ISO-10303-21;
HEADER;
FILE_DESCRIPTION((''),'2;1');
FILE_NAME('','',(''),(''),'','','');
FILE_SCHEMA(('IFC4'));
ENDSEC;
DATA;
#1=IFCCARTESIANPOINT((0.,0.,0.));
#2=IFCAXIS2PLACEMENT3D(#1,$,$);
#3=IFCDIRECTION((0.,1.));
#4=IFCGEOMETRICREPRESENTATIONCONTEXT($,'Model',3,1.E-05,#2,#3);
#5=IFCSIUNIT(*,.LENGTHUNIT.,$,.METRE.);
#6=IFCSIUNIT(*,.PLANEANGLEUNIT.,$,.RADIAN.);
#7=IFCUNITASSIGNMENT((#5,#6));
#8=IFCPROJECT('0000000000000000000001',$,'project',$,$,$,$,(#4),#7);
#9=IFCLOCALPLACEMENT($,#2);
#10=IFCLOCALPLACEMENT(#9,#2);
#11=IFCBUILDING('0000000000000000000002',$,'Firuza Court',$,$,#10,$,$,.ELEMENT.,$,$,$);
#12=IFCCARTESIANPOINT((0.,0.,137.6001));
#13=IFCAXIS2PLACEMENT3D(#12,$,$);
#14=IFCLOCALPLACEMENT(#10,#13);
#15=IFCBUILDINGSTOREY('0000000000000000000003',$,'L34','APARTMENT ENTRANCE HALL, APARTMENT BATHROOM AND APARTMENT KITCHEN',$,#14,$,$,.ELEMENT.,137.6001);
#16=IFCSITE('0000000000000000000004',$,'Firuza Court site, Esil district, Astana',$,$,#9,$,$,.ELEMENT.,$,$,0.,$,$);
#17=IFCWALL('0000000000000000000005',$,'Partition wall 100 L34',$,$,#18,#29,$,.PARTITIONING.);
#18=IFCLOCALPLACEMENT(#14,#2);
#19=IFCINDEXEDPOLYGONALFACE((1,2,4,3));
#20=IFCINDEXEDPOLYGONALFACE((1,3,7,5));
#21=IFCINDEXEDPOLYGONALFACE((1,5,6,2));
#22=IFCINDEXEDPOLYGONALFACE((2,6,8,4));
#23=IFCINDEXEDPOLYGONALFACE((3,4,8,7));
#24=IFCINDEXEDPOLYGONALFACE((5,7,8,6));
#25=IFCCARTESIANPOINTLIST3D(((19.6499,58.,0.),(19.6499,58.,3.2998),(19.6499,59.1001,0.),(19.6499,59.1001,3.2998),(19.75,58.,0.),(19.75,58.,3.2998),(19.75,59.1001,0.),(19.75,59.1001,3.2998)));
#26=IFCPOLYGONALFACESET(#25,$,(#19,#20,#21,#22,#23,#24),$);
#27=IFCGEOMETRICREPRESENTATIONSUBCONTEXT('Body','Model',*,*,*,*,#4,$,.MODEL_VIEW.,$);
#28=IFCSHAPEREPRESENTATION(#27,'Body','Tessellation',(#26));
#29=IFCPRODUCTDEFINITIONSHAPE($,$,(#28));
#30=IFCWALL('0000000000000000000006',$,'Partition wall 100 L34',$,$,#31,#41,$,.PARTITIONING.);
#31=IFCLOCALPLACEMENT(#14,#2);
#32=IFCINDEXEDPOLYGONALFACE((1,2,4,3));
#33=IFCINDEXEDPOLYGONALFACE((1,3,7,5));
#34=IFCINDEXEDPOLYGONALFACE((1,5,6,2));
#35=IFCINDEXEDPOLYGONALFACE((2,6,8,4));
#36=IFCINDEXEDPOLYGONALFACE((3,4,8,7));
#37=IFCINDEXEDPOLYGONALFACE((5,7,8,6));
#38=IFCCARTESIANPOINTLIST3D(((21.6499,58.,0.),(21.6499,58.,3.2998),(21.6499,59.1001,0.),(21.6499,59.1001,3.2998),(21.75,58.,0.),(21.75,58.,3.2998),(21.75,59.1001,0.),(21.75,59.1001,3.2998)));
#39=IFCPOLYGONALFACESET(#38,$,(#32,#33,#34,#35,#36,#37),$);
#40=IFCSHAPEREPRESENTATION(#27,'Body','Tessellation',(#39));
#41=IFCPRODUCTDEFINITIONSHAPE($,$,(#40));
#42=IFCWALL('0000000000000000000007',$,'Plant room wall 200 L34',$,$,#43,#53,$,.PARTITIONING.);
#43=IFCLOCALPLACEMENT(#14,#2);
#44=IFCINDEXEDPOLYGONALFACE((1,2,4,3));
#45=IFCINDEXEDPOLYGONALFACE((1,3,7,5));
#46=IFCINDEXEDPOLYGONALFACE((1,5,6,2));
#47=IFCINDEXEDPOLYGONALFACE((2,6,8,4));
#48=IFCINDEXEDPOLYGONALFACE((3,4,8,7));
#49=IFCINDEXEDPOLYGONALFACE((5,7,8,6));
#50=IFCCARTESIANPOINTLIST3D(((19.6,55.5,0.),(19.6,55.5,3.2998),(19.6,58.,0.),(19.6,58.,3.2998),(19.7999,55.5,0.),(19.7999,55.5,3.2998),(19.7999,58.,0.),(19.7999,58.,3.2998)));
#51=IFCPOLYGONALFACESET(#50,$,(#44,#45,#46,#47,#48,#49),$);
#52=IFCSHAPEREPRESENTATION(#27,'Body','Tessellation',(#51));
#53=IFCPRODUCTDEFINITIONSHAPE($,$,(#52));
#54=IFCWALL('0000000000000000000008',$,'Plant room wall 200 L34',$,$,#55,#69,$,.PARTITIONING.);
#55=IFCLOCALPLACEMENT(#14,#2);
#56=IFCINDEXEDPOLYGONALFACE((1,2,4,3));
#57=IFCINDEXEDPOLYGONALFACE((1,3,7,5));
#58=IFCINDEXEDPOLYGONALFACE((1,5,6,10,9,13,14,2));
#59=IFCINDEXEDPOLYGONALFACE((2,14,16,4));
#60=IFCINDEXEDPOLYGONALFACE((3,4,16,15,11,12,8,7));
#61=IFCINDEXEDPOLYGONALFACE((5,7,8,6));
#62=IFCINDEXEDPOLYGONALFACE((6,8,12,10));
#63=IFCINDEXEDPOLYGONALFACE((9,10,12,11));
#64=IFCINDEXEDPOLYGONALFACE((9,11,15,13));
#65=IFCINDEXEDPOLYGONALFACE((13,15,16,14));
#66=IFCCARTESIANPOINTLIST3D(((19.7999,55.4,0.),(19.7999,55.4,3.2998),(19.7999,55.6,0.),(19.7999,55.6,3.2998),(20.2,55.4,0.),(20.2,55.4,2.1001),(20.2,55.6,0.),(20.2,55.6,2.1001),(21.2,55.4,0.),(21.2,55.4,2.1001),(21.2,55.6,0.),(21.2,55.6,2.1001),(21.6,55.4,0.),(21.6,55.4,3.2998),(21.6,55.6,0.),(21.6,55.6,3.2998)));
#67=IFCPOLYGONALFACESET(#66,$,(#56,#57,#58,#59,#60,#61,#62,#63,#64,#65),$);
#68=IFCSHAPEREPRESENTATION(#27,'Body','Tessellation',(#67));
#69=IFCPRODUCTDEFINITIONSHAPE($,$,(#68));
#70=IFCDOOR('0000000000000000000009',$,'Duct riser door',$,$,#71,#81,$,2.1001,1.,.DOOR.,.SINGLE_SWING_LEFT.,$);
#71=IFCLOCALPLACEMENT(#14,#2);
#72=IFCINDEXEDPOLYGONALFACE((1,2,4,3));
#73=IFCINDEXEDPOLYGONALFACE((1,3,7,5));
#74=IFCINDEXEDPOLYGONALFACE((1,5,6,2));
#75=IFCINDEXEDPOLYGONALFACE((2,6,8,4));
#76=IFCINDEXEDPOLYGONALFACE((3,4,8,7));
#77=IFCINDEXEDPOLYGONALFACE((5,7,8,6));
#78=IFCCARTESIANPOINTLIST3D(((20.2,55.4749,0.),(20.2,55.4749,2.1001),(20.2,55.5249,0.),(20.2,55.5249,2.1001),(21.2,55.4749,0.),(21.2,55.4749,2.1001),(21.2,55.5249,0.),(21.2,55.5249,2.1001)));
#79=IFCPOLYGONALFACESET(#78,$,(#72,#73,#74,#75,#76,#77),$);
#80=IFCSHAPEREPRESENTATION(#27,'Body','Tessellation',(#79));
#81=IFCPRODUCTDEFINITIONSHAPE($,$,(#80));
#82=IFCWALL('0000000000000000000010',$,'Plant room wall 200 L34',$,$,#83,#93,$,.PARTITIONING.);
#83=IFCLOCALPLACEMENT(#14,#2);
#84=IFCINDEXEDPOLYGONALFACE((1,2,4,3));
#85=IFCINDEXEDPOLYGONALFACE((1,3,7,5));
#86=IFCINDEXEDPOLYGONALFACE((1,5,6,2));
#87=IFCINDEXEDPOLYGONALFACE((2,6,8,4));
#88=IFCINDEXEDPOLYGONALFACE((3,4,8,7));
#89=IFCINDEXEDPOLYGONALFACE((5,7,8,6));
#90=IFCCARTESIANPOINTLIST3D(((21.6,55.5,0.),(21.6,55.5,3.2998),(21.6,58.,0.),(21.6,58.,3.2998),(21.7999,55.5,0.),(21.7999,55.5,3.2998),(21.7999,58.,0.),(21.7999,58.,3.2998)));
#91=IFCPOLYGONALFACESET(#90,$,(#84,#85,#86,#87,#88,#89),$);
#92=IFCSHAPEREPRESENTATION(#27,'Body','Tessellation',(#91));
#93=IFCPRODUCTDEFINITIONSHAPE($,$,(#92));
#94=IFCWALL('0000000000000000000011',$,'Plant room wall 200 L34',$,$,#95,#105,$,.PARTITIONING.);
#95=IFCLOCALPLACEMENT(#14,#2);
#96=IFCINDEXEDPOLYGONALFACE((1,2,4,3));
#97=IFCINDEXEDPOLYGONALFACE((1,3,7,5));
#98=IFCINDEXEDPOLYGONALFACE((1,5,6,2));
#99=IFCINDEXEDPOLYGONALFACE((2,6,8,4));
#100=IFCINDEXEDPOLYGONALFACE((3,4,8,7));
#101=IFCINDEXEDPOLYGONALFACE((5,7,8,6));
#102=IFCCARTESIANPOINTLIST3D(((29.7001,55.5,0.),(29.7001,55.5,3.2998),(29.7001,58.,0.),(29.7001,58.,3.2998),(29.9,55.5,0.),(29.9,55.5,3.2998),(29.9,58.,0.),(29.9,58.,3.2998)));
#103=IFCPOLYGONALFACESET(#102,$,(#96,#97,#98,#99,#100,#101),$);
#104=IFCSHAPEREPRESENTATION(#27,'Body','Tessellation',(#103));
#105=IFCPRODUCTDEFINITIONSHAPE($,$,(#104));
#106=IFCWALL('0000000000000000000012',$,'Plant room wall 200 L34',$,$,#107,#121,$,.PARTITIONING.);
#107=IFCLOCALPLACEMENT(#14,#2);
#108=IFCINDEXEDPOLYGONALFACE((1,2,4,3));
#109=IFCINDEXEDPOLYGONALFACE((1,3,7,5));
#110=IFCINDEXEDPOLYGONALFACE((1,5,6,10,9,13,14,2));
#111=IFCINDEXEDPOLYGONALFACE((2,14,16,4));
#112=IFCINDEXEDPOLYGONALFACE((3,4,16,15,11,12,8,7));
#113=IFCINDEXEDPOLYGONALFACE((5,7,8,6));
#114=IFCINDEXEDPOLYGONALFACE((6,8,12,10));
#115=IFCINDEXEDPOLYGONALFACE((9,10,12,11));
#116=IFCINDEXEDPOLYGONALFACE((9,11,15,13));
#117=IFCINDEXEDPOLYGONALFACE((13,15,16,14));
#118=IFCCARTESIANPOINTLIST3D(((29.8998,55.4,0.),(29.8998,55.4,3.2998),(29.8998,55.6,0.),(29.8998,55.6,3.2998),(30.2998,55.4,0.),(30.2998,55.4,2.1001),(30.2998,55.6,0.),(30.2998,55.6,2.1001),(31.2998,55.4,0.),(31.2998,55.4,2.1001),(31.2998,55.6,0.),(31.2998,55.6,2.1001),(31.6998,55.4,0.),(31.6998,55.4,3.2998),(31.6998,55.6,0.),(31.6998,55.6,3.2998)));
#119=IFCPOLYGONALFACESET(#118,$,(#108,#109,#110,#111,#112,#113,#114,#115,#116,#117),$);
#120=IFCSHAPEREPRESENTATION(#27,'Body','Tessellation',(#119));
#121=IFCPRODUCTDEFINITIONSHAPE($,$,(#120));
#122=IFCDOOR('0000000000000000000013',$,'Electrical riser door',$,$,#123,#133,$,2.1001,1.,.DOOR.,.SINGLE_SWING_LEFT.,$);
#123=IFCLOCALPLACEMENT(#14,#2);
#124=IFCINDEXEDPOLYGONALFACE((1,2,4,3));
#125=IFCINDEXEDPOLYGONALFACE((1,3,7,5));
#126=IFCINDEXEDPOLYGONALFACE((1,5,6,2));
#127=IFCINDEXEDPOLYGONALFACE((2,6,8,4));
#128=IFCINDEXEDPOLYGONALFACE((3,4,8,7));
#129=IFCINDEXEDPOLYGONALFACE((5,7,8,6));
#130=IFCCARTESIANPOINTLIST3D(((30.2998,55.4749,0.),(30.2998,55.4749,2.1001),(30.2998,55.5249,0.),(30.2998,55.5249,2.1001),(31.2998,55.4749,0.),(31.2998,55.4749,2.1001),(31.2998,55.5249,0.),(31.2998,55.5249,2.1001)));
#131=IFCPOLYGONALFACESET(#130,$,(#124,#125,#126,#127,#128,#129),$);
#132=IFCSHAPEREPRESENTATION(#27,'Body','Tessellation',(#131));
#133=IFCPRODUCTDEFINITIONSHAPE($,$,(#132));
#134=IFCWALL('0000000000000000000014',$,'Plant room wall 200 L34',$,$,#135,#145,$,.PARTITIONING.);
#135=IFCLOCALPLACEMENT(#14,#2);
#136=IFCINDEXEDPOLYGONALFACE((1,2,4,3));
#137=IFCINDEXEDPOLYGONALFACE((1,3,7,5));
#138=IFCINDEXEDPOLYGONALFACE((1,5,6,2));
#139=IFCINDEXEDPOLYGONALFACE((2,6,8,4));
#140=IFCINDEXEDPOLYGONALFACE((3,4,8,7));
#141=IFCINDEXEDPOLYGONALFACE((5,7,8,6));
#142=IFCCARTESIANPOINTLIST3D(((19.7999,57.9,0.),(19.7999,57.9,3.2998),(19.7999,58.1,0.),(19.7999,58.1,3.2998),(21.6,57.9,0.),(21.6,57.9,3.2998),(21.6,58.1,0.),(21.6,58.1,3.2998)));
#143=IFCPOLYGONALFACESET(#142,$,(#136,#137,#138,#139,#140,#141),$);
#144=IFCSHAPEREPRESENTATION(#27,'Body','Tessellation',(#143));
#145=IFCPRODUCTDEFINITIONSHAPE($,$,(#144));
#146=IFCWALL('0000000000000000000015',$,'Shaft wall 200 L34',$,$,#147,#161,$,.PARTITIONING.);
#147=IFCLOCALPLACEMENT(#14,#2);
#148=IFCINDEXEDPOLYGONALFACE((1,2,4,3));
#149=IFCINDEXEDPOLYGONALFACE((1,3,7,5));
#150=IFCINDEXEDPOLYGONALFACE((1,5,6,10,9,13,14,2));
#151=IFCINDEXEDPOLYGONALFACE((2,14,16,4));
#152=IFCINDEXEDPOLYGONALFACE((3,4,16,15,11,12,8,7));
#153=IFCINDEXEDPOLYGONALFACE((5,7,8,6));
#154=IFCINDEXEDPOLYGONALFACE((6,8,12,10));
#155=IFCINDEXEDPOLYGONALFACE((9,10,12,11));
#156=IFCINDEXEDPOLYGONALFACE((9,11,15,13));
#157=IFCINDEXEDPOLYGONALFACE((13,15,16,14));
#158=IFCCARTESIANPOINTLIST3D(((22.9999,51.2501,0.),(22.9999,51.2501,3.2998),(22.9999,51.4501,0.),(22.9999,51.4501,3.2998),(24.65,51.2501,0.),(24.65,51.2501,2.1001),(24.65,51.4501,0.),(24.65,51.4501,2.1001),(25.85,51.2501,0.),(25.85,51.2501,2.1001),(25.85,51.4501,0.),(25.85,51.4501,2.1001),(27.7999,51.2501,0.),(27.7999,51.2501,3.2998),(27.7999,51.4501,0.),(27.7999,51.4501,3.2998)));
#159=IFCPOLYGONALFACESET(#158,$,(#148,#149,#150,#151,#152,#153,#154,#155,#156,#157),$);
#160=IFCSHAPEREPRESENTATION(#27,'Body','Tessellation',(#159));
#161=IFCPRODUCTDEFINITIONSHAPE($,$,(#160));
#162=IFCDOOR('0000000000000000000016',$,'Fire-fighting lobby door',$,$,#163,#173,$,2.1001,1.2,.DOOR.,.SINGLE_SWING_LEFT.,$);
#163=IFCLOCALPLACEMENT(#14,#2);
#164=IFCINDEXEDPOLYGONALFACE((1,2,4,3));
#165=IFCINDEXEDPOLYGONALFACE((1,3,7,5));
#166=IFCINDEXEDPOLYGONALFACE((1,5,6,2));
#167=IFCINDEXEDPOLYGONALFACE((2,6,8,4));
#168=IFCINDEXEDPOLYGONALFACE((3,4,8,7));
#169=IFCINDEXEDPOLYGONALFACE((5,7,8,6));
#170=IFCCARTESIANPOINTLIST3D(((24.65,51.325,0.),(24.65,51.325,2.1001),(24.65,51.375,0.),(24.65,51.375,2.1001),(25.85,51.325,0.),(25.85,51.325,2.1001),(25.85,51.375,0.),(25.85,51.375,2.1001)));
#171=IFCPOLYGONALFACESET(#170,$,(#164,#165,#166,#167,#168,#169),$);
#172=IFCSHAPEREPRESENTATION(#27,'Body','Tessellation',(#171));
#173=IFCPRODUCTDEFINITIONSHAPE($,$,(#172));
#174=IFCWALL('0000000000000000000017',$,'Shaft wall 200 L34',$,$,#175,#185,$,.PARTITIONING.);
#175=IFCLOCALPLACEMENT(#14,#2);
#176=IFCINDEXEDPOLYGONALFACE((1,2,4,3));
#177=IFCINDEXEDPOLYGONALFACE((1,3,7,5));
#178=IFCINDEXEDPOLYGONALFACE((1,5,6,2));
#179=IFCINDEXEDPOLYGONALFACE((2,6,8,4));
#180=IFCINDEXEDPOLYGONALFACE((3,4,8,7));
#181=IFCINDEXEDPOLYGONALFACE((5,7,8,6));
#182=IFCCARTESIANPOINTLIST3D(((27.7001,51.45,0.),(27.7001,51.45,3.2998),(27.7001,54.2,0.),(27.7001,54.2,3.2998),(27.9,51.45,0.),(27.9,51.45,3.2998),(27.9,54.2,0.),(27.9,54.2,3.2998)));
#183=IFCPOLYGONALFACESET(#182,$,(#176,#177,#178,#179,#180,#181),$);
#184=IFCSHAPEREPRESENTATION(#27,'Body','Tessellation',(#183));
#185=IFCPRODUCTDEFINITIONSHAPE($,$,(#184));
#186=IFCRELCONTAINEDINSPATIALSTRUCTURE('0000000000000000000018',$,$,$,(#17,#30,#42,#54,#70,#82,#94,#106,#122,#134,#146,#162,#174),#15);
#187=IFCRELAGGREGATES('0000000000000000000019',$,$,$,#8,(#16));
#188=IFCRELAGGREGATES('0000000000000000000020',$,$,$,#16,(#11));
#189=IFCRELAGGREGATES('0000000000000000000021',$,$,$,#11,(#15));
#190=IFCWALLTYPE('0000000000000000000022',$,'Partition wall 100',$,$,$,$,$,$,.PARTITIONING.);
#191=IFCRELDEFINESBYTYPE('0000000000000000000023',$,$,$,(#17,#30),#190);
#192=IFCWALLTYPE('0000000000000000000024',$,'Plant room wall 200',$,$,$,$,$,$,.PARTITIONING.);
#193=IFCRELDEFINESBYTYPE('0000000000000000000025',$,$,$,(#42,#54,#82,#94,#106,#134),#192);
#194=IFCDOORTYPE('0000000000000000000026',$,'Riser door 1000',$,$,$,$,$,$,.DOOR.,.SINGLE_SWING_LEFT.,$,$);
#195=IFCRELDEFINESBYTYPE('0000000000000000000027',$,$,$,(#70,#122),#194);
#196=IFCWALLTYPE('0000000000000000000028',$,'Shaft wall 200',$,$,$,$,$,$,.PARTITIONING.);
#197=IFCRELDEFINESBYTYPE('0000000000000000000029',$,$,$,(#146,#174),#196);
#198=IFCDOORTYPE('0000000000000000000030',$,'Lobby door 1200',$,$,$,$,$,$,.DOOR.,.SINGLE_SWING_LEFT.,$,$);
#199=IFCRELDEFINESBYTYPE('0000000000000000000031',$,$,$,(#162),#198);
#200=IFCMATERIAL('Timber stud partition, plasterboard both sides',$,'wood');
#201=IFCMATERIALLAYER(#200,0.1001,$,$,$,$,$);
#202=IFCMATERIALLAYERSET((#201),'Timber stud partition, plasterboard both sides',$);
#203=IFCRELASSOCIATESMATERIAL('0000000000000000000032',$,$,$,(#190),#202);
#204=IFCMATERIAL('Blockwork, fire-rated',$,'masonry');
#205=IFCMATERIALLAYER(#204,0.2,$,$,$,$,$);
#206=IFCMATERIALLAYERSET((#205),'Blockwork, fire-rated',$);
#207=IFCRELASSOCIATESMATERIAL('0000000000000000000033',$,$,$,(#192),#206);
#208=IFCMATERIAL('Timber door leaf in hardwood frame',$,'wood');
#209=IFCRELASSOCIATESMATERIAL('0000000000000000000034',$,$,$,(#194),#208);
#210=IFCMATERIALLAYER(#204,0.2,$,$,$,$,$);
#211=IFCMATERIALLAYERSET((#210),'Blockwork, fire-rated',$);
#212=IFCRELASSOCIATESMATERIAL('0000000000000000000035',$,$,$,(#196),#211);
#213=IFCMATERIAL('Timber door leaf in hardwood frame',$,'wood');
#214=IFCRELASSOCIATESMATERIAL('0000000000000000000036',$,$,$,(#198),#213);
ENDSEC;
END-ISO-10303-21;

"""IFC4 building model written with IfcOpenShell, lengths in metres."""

from ifc_helpers import new_model, si_unit, direction, frame, frame_2d, origin, place, context, subcontext, project, spatial, rectangle, extrude, material, layer, layer_set, type_object, element, fill, save


model = new_model("IFC4")

# Units and contexts
model_context = context("Model", 3, precision=1e-05, world=origin(), true_north=direction((0.0, 1.0)))
body_context = subcontext(model_context, "Body", "Model", "MODEL_VIEW")
ifc_project = project(units=[si_unit("LENGTHUNIT", "METRE"), si_unit("PLANEANGLEUNIT", "RADIAN")], contexts=[model_context])

# Site, building, storey
site_placement = place(None, origin())
site = spatial("IfcSite", under=ifc_project, at=site_placement, Name="Firuza Court site, Esil district, Astana", CompositionType="ELEMENT", RefElevation=0.0)
building_placement = place(site_placement, origin())
building = spatial("IfcBuilding", under=site, at=building_placement, Name="Firuza Court", CompositionType="ELEMENT")
storey_placement = place(building_placement, frame((0.0, 0.0, 137.6001)))
storey = spatial("IfcBuildingStorey", under=building, at=storey_placement, Name="L34", Description="APARTMENT ENTRANCE HALL, APARTMENT BATHROOM AND APARTMENT KITCHEN", CompositionType="ELEMENT", Elevation=137.6001)

# Walls
ifc_material_1 = material(Name="Timber stud partition, plasterboard both sides", Category="wood")
ifc_layer_1 = layer(ifc_material_1, 0.1001)
ifc_layer_set_1 = layer_set([ifc_layer_1], Name="Timber stud partition, plasterboard both sides")
wall_type_1 = type_object("IfcWallType", Name="Partition wall 100", PredefinedType="PARTITIONING", material=ifc_layer_set_1)
for number, where, z_axis, x_axis, name in (
    (1, (19.7, 58.0, 0.0), (0.0, 0.0, 1.0), (0.0, 1.0, 0.0), "Partition wall 100 L34"),
    (2, (21.7, 58.0, 0.0), (0.0, 0.0, 1.0), (0.0, 1.0, 0.0), "Partition wall 100 L34"),
):
    element("IfcWall", number, at=place(storey_placement, frame(where, z_axis=z_axis, x_axis=x_axis)), inside=storey, type_object=wall_type_1, Name=name, PredefinedType="PARTITIONING", context=body_context, shape_type="SweptSolid", body=[
        extrude(rectangle(XDim=1.1001, YDim=0.1001, at=frame_2d((0.55, 0.0))), origin(), (0.0, 0.0, 1.0), 3.2998),
    ])
ifc_material_2 = material(Name="Blockwork, fire-rated", Category="masonry")
ifc_layer_2 = layer(ifc_material_2, 0.2)
ifc_layer_set_2 = layer_set([ifc_layer_2], Name="Blockwork, fire-rated")
wall_type_2 = type_object("IfcWallType", Name="Plant room wall 200", PredefinedType="PARTITIONING", material=ifc_layer_set_2)
wall_1_placement = place(storey_placement, frame((19.7, 55.5, 0.0), z_axis=(0.0, 0.0, 1.0), x_axis=(0.0, 1.0, 0.0)))
element("IfcWall", 3, at=wall_1_placement, inside=storey, type_object=wall_type_2, Name="Plant room wall 200 L34", PredefinedType="PARTITIONING", context=body_context, shape_type="SweptSolid", body=[
    extrude(rectangle(XDim=2.5, YDim=0.2, at=frame_2d((1.25, 0.0))), origin(), (0.0, 0.0, 1.0), 3.2998),
])

# Wall, opening, door
wall_2_placement = place(storey_placement, frame((19.8, 55.5, 0.0), z_axis=(0.0, 0.0, 1.0), x_axis=(1.0, 0.0, 0.0)))
wall_2 = element("IfcWall", 4, at=wall_2_placement, inside=storey, type_object=wall_type_2, Name="Plant room wall 200 L34", PredefinedType="PARTITIONING", context=body_context, shape_type="SweptSolid", body=[
    extrude(rectangle(XDim=1.8, YDim=0.2, at=frame_2d((0.8999, 0.0))), origin(), (0.0, 0.0, 1.0), 3.2998),
])
opening_1_placement = place(wall_2_placement, frame((0.3999, 0.0, 0.0)))
opening_1 = element("IfcOpeningElement", 5, at=opening_1_placement, cuts=wall_2, PredefinedType="OPENING", context=body_context, shape_type="SweptSolid", body=[
    extrude(rectangle(XDim=1.0, YDim=2.1001, at=frame_2d((0.5, 1.05))), frame((0.0, 0.1118, 0.0), z_axis=(0.0, -1.0, 0.0), x_axis=(1.0, 0.0, 0.0)), (0.0, 0.0, 1.0), 0.2239),
])
ifc_material_3 = material(Name="Timber door leaf in hardwood frame", Category="wood")
door_type_1 = type_object("IfcDoorType", Name="Riser door 1000", OperationType="SINGLE_SWING_LEFT", PredefinedType="DOOR", material=ifc_material_3)
door_1_placement = place(opening_1_placement, origin())
door_1 = element("IfcDoor", 6, at=door_1_placement, inside=storey, type_object=door_type_1, Name="Duct riser door", OperationType="SINGLE_SWING_LEFT", OverallHeight=2.1001, OverallWidth=1.0, PredefinedType="DOOR", context=body_context, shape_type="SweptSolid", body=[
    extrude(rectangle(XDim=1.0, YDim=2.1001, at=frame_2d((0.5, 1.05))), frame((0.0, 0.0249, 0.0), z_axis=(0.0, -1.0, 0.0), x_axis=(1.0, 0.0, 0.0)), (0.0, 0.0, 1.0), 0.05),
])
fill(opening_1, door_1)

# Walls
for number, where, z_axis, x_axis, name in (
    (7, (21.7, 55.5, 0.0), (0.0, 0.0, 1.0), (0.0, 1.0, 0.0), "Plant room wall 200 L34"),
    (8, (29.8, 55.5, 0.0), (0.0, 0.0, 1.0), (0.0, 1.0, 0.0), "Plant room wall 200 L34"),
):
    element("IfcWall", number, at=place(storey_placement, frame(where, z_axis=z_axis, x_axis=x_axis)), inside=storey, type_object=wall_type_2, Name=name, PredefinedType="PARTITIONING", context=body_context, shape_type="SweptSolid", body=[
        extrude(rectangle(XDim=2.5, YDim=0.2, at=frame_2d((1.25, 0.0))), origin(), (0.0, 0.0, 1.0), 3.2998),
    ])

# Wall, opening, door
wall_3_placement = place(storey_placement, frame((29.8999, 55.5, 0.0), z_axis=(0.0, 0.0, 1.0), x_axis=(1.0, 0.0, 0.0)))
wall_3 = element("IfcWall", 9, at=wall_3_placement, inside=storey, type_object=wall_type_2, Name="Plant room wall 200 L34", PredefinedType="PARTITIONING", context=body_context, shape_type="SweptSolid", body=[
    extrude(rectangle(XDim=1.8, YDim=0.2, at=frame_2d((0.8999, 0.0))), origin(), (0.0, 0.0, 1.0), 3.2998),
])
opening_2_placement = place(wall_3_placement, frame((0.3999, 0.0, 0.0)))
opening_2 = element("IfcOpeningElement", 10, at=opening_2_placement, cuts=wall_3, PredefinedType="OPENING", context=body_context, shape_type="SweptSolid", body=[
    extrude(rectangle(XDim=1.0, YDim=2.1001, at=frame_2d((0.5, 1.05))), frame((0.0, 0.1118, 0.0), z_axis=(0.0, -1.0, 0.0), x_axis=(1.0, 0.0, 0.0)), (0.0, 0.0, 1.0), 0.2239),
])
door_2_placement = place(opening_2_placement, origin())
door_2 = element("IfcDoor", 11, at=door_2_placement, inside=storey, type_object=door_type_1, Name="Electrical riser door", OperationType="SINGLE_SWING_LEFT", OverallHeight=2.1001, OverallWidth=1.0, PredefinedType="DOOR", context=body_context, shape_type="SweptSolid", body=[
    extrude(rectangle(XDim=1.0, YDim=2.1001, at=frame_2d((0.5, 1.05))), frame((0.0, 0.0249, 0.0), z_axis=(0.0, -1.0, 0.0), x_axis=(1.0, 0.0, 0.0)), (0.0, 0.0, 1.0), 0.05),
])
fill(opening_2, door_2)

# Wall
wall_4_placement = place(storey_placement, frame((19.8, 58.0, 0.0), z_axis=(0.0, 0.0, 1.0), x_axis=(1.0, 0.0, 0.0)))
element("IfcWall", 12, at=wall_4_placement, inside=storey, type_object=wall_type_2, Name="Plant room wall 200 L34", PredefinedType="PARTITIONING", context=body_context, shape_type="SweptSolid", body=[
    extrude(rectangle(XDim=1.8, YDim=0.2, at=frame_2d((0.8999, 0.0))), origin(), (0.0, 0.0, 1.0), 3.2998),
])

# Wall, opening, door
ifc_layer_3 = layer(ifc_material_2, 0.2)
ifc_layer_set_3 = layer_set([ifc_layer_3], Name="Blockwork, fire-rated")
wall_type_3 = type_object("IfcWallType", Name="Shaft wall 200", PredefinedType="PARTITIONING", material=ifc_layer_set_3)
wall_5_placement = place(storey_placement, frame((23.0, 51.3501, 0.0), z_axis=(0.0, 0.0, 1.0), x_axis=(1.0, 0.0, 0.0)))
wall_5 = element("IfcWall", 13, at=wall_5_placement, inside=storey, type_object=wall_type_3, Name="Shaft wall 200 L34", PredefinedType="PARTITIONING", context=body_context, shape_type="SweptSolid", body=[
    extrude(rectangle(XDim=4.8, YDim=0.2, at=frame_2d((2.3999, 0.0))), origin(), (0.0, 0.0, 1.0), 3.2998),
])
opening_3_placement = place(wall_5_placement, frame((1.6499, 0.0, 0.0)))
opening_3 = element("IfcOpeningElement", 14, at=opening_3_placement, cuts=wall_5, PredefinedType="OPENING", context=body_context, shape_type="SweptSolid", body=[
    extrude(rectangle(XDim=1.2, YDim=2.1001, at=frame_2d((0.6001, 1.05))), frame((0.0, 0.1118, 0.0), z_axis=(0.0, -1.0, 0.0), x_axis=(1.0, 0.0, 0.0)), (0.0, 0.0, 1.0), 0.2239),
])
ifc_material_4 = material(Name="Timber door leaf in hardwood frame", Category="wood")
door_type_2 = type_object("IfcDoorType", Name="Lobby door 1200", OperationType="SINGLE_SWING_LEFT", PredefinedType="DOOR", material=ifc_material_4)
door_3_placement = place(opening_3_placement, origin())
door_3 = element("IfcDoor", 15, at=door_3_placement, inside=storey, type_object=door_type_2, Name="Fire-fighting lobby door", OperationType="SINGLE_SWING_LEFT", OverallHeight=2.1001, OverallWidth=1.2, PredefinedType="DOOR", context=body_context, shape_type="SweptSolid", body=[
    extrude(rectangle(XDim=1.2, YDim=2.1001, at=frame_2d((0.6001, 1.05))), frame((0.0, 0.0249, 0.0), z_axis=(0.0, -1.0, 0.0), x_axis=(1.0, 0.0, 0.0)), (0.0, 0.0, 1.0), 0.05),
])
fill(opening_3, door_3)

# Wall
wall_6_placement = place(storey_placement, frame((27.8, 51.45, 0.0), z_axis=(0.0, 0.0, 1.0), x_axis=(0.0, 1.0, 0.0)))
element("IfcWall", 16, at=wall_6_placement, inside=storey, type_object=wall_type_3, Name="Shaft wall 200 L34", PredefinedType="PARTITIONING", context=body_context, shape_type="SweptSolid", body=[
    extrude(rectangle(XDim=2.75, YDim=0.2, at=frame_2d((1.375, 0.0))), origin(), (0.0, 0.0, 1.0), 3.2998),
])

save(model, "model.ifc")
